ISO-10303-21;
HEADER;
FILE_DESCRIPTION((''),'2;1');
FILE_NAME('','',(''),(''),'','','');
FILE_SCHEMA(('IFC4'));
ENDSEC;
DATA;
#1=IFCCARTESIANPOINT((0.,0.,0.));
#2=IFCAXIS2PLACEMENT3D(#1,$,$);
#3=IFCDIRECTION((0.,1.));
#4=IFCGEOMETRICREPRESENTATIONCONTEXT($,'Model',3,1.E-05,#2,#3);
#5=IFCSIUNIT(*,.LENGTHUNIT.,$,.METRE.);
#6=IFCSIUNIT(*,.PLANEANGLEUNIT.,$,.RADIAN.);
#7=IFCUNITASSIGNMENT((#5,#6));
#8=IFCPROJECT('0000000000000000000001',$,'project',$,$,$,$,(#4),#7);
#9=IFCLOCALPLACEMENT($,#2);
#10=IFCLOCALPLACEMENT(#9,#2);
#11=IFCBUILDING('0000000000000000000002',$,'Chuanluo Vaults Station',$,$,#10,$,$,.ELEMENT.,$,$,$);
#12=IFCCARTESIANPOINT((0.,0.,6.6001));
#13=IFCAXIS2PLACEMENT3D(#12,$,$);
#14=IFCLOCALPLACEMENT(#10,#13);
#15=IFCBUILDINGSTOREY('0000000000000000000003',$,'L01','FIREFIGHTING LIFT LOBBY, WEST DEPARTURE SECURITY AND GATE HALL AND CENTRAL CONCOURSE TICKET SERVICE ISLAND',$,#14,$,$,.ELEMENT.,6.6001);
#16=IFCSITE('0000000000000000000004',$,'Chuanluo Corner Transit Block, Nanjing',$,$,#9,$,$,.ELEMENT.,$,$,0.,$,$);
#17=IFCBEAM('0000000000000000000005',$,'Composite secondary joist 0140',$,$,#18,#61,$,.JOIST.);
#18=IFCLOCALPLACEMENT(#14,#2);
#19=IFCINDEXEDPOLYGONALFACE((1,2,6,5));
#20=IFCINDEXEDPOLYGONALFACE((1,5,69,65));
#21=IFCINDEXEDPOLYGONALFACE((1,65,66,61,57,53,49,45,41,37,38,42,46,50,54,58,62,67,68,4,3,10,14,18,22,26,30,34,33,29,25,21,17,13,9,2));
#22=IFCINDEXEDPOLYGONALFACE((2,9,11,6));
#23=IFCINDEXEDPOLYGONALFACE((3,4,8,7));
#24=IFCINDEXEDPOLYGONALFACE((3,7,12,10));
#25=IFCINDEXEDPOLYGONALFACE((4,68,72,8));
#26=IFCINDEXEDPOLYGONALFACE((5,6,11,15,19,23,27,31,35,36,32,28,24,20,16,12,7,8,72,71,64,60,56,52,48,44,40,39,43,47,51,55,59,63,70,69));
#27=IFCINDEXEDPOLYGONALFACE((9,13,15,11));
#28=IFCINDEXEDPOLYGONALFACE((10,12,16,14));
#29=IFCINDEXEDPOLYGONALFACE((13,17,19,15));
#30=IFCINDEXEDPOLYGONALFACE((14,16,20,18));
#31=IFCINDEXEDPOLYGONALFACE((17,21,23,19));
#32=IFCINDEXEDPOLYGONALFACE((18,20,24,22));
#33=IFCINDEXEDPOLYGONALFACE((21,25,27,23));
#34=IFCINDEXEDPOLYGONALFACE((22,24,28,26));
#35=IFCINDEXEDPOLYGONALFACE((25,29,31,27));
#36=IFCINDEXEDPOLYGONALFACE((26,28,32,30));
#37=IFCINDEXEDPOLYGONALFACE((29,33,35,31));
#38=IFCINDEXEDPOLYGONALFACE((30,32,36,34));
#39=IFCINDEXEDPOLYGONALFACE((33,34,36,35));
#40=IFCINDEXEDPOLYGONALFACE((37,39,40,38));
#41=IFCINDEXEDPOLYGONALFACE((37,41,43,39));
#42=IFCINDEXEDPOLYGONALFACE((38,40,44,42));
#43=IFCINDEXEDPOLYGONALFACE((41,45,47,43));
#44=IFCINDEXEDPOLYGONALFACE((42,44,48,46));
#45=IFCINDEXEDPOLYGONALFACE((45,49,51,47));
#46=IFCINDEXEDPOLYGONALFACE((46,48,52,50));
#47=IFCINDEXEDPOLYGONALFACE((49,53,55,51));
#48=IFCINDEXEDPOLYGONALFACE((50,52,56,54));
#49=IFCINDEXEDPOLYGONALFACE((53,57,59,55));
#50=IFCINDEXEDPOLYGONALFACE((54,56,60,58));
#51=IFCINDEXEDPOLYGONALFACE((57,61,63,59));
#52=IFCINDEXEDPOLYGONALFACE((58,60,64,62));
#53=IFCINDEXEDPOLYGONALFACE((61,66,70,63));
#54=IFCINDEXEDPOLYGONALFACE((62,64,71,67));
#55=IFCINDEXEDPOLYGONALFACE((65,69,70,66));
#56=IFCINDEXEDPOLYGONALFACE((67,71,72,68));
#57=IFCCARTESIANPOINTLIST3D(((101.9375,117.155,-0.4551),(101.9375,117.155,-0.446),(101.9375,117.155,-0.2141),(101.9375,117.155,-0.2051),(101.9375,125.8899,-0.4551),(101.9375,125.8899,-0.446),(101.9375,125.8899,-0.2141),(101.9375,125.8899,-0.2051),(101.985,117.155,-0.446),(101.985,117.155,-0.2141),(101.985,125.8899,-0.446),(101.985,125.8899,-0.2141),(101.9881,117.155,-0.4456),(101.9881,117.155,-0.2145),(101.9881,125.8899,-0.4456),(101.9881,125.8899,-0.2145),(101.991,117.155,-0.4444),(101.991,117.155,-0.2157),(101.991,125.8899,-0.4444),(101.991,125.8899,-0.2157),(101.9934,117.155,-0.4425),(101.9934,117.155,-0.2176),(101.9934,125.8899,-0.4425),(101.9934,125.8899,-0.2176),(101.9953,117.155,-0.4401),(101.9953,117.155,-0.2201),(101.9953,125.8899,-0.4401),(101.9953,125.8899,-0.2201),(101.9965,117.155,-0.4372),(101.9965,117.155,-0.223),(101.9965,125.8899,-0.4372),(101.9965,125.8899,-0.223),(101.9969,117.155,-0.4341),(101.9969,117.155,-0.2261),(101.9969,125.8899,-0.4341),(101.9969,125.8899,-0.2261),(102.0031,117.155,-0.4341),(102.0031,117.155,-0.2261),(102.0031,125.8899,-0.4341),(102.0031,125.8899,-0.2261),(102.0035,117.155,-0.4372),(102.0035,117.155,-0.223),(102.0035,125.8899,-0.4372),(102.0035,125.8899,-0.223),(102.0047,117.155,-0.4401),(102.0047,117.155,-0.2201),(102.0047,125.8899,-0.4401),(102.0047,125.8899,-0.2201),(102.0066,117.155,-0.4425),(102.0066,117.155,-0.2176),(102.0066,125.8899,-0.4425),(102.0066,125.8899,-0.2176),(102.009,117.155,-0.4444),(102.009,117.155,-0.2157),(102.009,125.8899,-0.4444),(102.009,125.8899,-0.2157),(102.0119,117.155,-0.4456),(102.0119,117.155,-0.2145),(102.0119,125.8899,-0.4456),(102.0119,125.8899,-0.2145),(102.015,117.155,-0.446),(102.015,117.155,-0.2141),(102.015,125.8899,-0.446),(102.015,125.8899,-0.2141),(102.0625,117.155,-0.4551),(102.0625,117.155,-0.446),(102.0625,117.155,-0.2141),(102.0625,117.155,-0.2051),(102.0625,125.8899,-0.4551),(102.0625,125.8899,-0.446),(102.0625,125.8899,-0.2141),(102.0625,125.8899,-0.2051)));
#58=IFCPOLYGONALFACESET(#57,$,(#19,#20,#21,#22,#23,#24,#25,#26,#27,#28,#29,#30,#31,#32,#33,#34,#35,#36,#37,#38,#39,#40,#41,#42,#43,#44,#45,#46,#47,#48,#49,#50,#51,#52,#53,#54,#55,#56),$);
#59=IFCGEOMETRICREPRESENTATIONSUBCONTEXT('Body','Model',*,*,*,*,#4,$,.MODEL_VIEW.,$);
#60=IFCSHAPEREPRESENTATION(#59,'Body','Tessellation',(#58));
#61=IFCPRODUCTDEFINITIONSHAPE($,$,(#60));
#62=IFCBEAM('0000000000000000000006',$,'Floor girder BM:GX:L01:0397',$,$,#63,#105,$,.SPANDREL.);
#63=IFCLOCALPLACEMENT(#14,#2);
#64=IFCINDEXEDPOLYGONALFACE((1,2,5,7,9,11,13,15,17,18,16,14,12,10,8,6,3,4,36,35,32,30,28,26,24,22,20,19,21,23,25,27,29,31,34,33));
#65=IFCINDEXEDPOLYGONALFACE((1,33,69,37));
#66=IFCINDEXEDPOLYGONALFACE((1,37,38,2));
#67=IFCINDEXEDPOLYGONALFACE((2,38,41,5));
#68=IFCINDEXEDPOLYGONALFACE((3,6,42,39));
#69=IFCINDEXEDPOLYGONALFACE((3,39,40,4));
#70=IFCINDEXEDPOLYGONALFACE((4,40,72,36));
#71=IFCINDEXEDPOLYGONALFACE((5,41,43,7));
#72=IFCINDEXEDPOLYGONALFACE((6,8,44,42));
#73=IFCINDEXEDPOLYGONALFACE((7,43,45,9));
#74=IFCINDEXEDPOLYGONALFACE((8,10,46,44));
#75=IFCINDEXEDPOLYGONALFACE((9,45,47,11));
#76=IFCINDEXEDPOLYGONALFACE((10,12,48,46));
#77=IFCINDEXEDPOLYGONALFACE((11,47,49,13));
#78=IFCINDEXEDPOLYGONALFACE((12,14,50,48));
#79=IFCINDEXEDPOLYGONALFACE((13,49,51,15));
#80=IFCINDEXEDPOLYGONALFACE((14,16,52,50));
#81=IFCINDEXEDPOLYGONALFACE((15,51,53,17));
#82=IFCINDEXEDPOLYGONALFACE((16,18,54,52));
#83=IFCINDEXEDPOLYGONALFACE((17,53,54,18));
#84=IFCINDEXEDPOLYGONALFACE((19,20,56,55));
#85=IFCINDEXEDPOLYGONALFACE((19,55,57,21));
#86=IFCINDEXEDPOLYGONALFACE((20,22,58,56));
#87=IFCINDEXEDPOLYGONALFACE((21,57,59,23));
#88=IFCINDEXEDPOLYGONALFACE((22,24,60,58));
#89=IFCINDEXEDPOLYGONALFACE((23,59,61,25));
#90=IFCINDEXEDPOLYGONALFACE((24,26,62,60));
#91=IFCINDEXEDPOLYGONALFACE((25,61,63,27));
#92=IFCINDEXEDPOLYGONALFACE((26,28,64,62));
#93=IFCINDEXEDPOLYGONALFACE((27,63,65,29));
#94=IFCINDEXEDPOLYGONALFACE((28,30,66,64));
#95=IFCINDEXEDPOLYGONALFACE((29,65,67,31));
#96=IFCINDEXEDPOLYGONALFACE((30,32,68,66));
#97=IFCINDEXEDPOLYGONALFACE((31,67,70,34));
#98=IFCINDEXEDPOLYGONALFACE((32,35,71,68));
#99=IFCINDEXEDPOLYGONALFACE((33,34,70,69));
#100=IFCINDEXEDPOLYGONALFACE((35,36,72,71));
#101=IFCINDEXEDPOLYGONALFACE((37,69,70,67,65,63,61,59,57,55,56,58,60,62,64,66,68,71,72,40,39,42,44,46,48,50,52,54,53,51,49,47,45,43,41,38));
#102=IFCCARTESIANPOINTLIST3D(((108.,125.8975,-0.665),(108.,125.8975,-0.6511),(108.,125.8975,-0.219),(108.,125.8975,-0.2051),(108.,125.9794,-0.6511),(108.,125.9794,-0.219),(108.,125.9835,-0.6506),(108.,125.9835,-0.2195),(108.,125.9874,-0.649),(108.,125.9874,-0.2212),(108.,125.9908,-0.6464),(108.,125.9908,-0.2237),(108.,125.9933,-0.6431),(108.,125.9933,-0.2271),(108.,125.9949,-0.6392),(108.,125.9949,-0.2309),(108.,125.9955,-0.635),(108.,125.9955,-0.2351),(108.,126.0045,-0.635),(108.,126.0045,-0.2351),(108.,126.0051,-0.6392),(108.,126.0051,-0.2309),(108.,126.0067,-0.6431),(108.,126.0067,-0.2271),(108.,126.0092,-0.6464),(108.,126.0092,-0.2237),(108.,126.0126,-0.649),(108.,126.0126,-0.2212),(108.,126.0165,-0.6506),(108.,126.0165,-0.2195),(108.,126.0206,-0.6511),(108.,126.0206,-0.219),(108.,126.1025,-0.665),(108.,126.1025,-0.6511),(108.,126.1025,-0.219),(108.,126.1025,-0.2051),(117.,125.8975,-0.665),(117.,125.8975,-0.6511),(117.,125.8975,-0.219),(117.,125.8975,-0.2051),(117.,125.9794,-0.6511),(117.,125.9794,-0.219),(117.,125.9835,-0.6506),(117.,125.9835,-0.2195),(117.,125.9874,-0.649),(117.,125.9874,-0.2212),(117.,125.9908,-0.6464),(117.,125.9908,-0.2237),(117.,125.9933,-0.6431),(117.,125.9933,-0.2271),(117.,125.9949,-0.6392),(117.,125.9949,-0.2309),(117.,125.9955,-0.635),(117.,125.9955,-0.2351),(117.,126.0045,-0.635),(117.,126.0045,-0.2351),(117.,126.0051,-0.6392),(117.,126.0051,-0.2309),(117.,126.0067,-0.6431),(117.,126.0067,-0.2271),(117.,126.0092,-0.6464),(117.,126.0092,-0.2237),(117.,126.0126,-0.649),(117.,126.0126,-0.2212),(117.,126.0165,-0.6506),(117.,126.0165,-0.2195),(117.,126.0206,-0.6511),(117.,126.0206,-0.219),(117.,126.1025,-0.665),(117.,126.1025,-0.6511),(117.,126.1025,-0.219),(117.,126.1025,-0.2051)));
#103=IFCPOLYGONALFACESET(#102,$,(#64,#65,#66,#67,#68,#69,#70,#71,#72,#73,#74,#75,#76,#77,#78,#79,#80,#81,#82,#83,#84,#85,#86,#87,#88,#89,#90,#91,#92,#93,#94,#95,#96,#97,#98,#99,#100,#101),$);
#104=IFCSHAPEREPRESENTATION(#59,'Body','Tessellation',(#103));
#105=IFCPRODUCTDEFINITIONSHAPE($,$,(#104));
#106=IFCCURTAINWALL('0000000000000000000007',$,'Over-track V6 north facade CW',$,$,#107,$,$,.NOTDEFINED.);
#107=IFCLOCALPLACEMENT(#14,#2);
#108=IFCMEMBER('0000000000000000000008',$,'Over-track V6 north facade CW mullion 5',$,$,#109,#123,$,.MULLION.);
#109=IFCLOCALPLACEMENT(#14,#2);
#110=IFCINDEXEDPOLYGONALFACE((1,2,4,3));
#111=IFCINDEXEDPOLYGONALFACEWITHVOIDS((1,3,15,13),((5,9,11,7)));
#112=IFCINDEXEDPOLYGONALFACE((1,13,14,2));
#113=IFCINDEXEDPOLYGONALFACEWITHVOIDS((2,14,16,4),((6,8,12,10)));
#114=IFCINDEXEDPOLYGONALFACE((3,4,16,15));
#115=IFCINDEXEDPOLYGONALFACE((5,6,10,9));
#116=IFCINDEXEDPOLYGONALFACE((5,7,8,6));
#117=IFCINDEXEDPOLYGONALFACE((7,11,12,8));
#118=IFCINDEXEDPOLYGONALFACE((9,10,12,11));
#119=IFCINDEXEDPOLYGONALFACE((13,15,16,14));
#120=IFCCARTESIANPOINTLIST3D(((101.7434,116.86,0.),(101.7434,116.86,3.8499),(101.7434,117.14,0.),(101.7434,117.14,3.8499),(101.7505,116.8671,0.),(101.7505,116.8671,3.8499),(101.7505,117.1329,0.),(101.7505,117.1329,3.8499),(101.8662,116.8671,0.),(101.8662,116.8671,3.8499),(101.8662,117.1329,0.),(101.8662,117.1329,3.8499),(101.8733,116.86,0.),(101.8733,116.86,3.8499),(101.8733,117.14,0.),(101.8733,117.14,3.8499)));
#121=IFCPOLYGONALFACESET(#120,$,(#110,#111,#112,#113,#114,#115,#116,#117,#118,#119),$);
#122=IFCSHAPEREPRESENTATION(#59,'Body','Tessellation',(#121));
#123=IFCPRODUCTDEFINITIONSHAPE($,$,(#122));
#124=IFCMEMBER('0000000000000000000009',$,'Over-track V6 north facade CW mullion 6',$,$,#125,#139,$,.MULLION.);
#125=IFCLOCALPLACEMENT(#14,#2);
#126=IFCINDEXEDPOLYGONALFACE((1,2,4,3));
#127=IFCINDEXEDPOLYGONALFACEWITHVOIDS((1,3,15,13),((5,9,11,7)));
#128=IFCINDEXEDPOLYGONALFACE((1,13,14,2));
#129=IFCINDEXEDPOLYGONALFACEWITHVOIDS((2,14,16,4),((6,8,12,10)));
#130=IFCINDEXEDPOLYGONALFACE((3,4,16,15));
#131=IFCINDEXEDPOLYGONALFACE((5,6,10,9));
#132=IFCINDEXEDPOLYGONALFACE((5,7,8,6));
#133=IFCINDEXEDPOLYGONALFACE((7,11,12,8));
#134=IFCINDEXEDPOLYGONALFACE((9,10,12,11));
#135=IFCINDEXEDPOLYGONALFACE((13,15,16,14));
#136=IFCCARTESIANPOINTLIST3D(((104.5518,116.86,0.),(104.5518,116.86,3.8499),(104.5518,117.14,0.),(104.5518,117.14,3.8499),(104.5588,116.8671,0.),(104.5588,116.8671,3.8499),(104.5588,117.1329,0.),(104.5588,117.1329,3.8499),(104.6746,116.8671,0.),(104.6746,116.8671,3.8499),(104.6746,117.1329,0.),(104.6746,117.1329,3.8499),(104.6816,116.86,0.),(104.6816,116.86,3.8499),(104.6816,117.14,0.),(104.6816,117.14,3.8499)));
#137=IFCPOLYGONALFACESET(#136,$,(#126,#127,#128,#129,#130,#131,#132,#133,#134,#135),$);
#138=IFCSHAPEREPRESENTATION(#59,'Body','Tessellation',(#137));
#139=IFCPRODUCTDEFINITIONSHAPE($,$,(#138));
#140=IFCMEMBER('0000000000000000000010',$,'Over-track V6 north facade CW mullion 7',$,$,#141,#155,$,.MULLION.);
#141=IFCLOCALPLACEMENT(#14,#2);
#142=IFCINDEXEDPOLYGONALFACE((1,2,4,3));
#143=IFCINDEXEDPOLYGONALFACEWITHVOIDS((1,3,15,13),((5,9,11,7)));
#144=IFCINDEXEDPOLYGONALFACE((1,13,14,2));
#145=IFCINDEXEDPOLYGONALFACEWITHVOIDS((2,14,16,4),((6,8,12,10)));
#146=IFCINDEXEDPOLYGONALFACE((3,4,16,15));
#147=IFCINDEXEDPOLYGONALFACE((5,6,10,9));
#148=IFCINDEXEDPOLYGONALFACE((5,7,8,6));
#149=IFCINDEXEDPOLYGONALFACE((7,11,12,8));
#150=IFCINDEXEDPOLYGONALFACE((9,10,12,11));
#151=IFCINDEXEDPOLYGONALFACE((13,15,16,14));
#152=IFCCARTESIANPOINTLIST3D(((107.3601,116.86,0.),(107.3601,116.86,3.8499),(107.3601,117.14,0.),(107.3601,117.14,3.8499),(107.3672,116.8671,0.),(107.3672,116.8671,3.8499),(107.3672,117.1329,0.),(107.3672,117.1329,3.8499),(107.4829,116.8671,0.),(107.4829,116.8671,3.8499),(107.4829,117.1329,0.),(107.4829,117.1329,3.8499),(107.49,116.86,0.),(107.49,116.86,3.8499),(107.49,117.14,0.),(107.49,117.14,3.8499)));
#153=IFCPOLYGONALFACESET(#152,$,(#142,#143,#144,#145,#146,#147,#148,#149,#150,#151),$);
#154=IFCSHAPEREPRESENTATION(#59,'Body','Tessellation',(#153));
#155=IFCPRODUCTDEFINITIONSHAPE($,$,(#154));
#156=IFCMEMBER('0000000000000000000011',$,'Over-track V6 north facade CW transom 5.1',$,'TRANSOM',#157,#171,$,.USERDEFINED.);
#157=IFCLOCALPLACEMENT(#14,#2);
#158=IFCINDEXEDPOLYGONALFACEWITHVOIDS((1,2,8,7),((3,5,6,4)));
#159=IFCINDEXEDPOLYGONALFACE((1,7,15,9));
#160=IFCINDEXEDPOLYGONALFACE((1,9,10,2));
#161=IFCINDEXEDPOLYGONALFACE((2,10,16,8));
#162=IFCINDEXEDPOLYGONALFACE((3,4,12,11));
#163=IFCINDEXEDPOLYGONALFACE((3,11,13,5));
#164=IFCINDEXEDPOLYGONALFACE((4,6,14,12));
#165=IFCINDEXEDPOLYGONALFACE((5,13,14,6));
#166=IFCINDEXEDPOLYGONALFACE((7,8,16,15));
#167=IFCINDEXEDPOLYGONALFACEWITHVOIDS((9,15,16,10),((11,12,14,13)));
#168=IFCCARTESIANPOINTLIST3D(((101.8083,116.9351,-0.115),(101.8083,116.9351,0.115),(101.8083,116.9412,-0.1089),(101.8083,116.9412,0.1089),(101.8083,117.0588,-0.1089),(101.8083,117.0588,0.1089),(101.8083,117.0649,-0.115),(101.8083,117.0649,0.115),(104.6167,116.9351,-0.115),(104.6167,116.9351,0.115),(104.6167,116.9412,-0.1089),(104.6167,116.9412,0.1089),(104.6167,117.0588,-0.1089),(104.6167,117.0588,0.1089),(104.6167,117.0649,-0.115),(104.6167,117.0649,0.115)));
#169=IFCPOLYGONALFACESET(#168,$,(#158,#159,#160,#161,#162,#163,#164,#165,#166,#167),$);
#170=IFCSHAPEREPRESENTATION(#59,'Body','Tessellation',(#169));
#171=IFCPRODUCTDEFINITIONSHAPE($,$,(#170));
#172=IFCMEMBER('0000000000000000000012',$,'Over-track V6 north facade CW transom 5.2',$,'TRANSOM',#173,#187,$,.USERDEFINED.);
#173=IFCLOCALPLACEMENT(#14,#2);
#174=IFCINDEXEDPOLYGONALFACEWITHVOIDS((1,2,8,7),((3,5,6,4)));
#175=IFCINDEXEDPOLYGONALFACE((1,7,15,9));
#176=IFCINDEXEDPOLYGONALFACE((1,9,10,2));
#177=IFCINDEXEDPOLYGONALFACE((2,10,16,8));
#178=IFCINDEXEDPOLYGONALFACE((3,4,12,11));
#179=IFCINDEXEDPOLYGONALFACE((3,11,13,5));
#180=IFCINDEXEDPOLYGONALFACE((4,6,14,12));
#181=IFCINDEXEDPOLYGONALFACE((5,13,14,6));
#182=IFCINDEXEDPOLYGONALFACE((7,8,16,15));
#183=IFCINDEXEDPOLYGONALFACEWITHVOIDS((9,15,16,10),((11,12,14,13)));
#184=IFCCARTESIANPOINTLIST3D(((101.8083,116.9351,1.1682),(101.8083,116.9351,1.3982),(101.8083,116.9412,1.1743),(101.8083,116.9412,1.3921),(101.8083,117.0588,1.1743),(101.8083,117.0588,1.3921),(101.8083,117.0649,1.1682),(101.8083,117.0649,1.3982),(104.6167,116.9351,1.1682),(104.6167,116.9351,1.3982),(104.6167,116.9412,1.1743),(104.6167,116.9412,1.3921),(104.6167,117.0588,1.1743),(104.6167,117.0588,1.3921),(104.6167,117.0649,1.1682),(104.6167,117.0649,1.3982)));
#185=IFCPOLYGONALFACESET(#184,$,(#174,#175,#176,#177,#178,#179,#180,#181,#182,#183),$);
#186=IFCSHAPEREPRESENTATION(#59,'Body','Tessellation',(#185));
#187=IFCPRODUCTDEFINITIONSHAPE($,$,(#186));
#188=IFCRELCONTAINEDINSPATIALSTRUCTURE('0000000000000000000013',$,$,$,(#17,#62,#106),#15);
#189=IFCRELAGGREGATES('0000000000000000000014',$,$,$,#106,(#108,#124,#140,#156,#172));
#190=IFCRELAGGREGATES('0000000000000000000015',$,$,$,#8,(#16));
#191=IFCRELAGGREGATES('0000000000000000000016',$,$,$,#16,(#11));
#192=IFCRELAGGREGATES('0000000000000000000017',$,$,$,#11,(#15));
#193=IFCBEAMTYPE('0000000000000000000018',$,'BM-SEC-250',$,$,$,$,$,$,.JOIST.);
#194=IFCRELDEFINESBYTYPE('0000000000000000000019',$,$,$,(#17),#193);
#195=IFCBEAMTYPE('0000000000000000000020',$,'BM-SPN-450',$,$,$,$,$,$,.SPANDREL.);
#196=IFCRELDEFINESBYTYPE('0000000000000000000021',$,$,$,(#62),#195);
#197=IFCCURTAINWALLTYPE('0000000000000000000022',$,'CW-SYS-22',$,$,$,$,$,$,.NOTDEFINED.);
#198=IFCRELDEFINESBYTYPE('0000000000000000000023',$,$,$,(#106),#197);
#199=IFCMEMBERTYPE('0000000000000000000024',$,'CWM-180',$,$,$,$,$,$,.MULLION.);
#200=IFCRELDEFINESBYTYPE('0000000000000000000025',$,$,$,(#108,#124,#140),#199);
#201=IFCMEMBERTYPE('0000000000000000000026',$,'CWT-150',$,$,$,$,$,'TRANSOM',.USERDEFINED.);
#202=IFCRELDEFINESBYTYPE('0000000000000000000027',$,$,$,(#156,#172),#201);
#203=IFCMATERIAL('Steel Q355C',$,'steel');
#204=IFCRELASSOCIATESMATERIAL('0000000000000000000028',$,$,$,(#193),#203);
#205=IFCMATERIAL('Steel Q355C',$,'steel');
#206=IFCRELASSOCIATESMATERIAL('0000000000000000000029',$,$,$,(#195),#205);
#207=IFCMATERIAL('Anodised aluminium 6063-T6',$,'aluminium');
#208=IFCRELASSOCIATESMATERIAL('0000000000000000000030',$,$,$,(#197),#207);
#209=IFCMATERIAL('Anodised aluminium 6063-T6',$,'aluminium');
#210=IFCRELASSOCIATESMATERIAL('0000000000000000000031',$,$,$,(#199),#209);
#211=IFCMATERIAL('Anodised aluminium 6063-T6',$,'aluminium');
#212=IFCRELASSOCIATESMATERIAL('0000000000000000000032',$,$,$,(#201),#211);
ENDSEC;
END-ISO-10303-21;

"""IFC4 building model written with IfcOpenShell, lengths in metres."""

from ifc_helpers import new_model, si_unit, direction, frame, origin, origin_2d, place, context, subcontext, project, spatial, hollow_rectangle, i_section, extrude, material, material_profile, profile_set, type_object, element, aggregate, save


model = new_model("IFC4")

# Units and contexts
model_context = context("Model", 3, precision=1e-05, world=origin(), true_north=direction((0.0, 1.0)))
body_context = subcontext(model_context, "Body", "Model", "MODEL_VIEW")
ifc_project = project(units=[si_unit("LENGTHUNIT", "METRE"), si_unit("PLANEANGLEUNIT", "RADIAN")], contexts=[model_context])

# Site, building, storey
site_placement = place(None, origin())
site = spatial("IfcSite", under=ifc_project, at=site_placement, Name="Chuanluo Corner Transit Block, Nanjing", CompositionType="ELEMENT", RefElevation=0.0)
building_placement = place(site_placement, origin())
building = spatial("IfcBuilding", under=site, at=building_placement, Name="Chuanluo Vaults Station", CompositionType="ELEMENT")
storey_placement = place(building_placement, frame((0.0, 0.0, 6.6001)))
storey = spatial("IfcBuildingStorey", under=building, at=storey_placement, Name="L01", Description="FIREFIGHTING LIFT LOBBY, WEST DEPARTURE SECURITY AND GATE HALL AND CENTRAL CONCOURSE TICKET SERVICE ISLAND", CompositionType="ELEMENT", Elevation=6.6001)

# Beams
ifc_material_1 = material(Name="Steel Q355C", Category="steel")
ifc_material_profile_1 = material_profile(ifc_material_1, i_section(OverallWidth=0.125, OverallDepth=0.25, WebThickness=0.0061, FlangeThickness=0.009, FilletRadius=0.012, at=origin_2d()))
ifc_profile_set_1 = profile_set([ifc_material_profile_1], Name="Steel Q355C")
beam_type_1 = type_object("IfcBeamType", Name="BM-SEC-250", PredefinedType="JOIST", material=ifc_profile_set_1)
for number, where, z_axis, x_axis, name in (
    (1, (102.0, 117.155, -0.3301), (0.0, 1.0, 0.0), (-1.0, 0.0, 0.0), "Composite secondary joist 0140"),
):
    element("IfcBeam", number, at=place(storey_placement, frame(where, z_axis=z_axis, x_axis=x_axis)), inside=storey, type_object=beam_type_1, Name=name, PredefinedType="JOIST", context=body_context, shape_type="SweptSolid", body=[
        extrude(i_section(OverallWidth=0.125, OverallDepth=0.25, WebThickness=0.0061, FlangeThickness=0.009, FilletRadius=0.012, at=origin_2d()), origin(), (0.0, 0.0, 1.0), 8.7349),
    ])
ifc_material_2 = material(Name="Steel Q355C", Category="steel")
ifc_material_profile_2 = material_profile(ifc_material_2, i_section(OverallWidth=0.2051, OverallDepth=0.46, WebThickness=0.009, FlangeThickness=0.0139, FilletRadius=0.0161, at=origin_2d()))
ifc_profile_set_2 = profile_set([ifc_material_profile_2], Name="Steel Q355C")
beam_type_2 = type_object("IfcBeamType", Name="BM-SPN-450", PredefinedType="SPANDREL", material=ifc_profile_set_2)
beam_1_placement = place(storey_placement, frame((108.0, 126.0, -0.4351), z_axis=(1.0, 0.0, 0.0), x_axis=(0.0, 1.0, 0.0)))
element("IfcBeam", 2, at=beam_1_placement, inside=storey, type_object=beam_type_2, Name="Floor girder BM:GX:L01:0397", PredefinedType="SPANDREL", context=body_context, shape_type="SweptSolid", body=[
    extrude(i_section(OverallWidth=0.2051, OverallDepth=0.46, WebThickness=0.009, FlangeThickness=0.0139, FilletRadius=0.0161, at=origin_2d()), origin(), (0.0, 0.0, 1.0), 9.0),
])

# Curtain wall, members
ifc_material_3 = material(Name="Anodised aluminium 6063-T6", Category="aluminium")
curtain_wall_type = type_object("IfcCurtainWallType", Name="CW-SYS-22", PredefinedType="NOTDEFINED", material=ifc_material_3)
curtain_wall_placement = place(storey_placement, origin())
curtain_wall = element("IfcCurtainWall", 3, at=curtain_wall_placement, inside=storey, type_object=curtain_wall_type, Name="Over-track V6 north facade CW", PredefinedType="NOTDEFINED")
ifc_material_4 = material(Name="Anodised aluminium 6063-T6", Category="aluminium")
ifc_material_profile_3 = material_profile(ifc_material_4, hollow_rectangle(XDim=0.1299, YDim=0.28, WallThickness=0.0071, at=origin_2d()))
ifc_profile_set_3 = profile_set([ifc_material_profile_3], Name="Anodised aluminium 6063-T6")
member_type_1 = type_object("IfcMemberType", Name="CWM-180", PredefinedType="MULLION", material=ifc_profile_set_3)
member_1_placement = place(storey_placement, frame((101.8083, 117.0, 0.0), z_axis=(0.0, 0.0, 1.0), x_axis=(1.0, 0.0, 0.0)))
member_1 = element("IfcMember", 4, at=member_1_placement, type_object=member_type_1, Name="Over-track V6 north facade CW mullion 5", PredefinedType="MULLION", context=body_context, shape_type="SweptSolid", body=[
    extrude(hollow_rectangle(XDim=0.1299, YDim=0.28, WallThickness=0.0071, at=origin_2d()), origin(), (0.0, 0.0, 1.0), 3.8499),
])
member_2_placement = place(storey_placement, frame((104.6167, 117.0, 0.0), z_axis=(0.0, 0.0, 1.0), x_axis=(1.0, 0.0, 0.0)))
member_2 = element("IfcMember", 5, at=member_2_placement, type_object=member_type_1, Name="Over-track V6 north facade CW mullion 6", PredefinedType="MULLION", context=body_context, shape_type="SweptSolid", body=[
    extrude(hollow_rectangle(XDim=0.1299, YDim=0.28, WallThickness=0.0071, at=origin_2d()), origin(), (0.0, 0.0, 1.0), 3.8499),
])
member_3_placement = place(storey_placement, frame((107.425, 117.0, 0.0), z_axis=(0.0, 0.0, 1.0), x_axis=(1.0, 0.0, 0.0)))
member_3 = element("IfcMember", 6, at=member_3_placement, type_object=member_type_1, Name="Over-track V6 north facade CW mullion 7", PredefinedType="MULLION", context=body_context, shape_type="SweptSolid", body=[
    extrude(hollow_rectangle(XDim=0.1299, YDim=0.28, WallThickness=0.0071, at=origin_2d()), origin(), (0.0, 0.0, 1.0), 3.8499),
])
ifc_material_5 = material(Name="Anodised aluminium 6063-T6", Category="aluminium")
ifc_material_profile_4 = material_profile(ifc_material_5, hollow_rectangle(XDim=0.1299, YDim=0.23, WallThickness=0.0061, at=origin_2d()))
ifc_profile_set_4 = profile_set([ifc_material_profile_4], Name="Anodised aluminium 6063-T6")
member_type_2 = type_object("IfcMemberType", Name="CWT-150", ElementType="TRANSOM", PredefinedType="USERDEFINED", material=ifc_profile_set_4)
member_4_placement = place(storey_placement, frame((101.8083, 117.0, 0.0), z_axis=(1.0, 0.0, 0.0), x_axis=(0.0, 1.0, 0.0)))
member_4 = element("IfcMember", 7, at=member_4_placement, type_object=member_type_2, Name="Over-track V6 north facade CW transom 5.1", ObjectType="TRANSOM", PredefinedType="USERDEFINED", context=body_context, shape_type="SweptSolid", body=[
    extrude(hollow_rectangle(XDim=0.1299, YDim=0.23, WallThickness=0.0061, at=origin_2d()), origin(), (0.0, 0.0, 1.0), 2.8083),
])
member_5_placement = place(storey_placement, frame((101.8083, 117.0, 1.2832), z_axis=(1.0, 0.0, 0.0), x_axis=(0.0, 1.0, 0.0)))
member_5 = element("IfcMember", 8, at=member_5_placement, type_object=member_type_2, Name="Over-track V6 north facade CW transom 5.2", ObjectType="TRANSOM", PredefinedType="USERDEFINED", context=body_context, shape_type="SweptSolid", body=[
    extrude(hollow_rectangle(XDim=0.1299, YDim=0.23, WallThickness=0.0061, at=origin_2d()), origin(), (0.0, 0.0, 1.0), 2.8083),
])
aggregate(curtain_wall, [member_1, member_2, member_3, member_4, member_5])

save(model, "model.ifc")
